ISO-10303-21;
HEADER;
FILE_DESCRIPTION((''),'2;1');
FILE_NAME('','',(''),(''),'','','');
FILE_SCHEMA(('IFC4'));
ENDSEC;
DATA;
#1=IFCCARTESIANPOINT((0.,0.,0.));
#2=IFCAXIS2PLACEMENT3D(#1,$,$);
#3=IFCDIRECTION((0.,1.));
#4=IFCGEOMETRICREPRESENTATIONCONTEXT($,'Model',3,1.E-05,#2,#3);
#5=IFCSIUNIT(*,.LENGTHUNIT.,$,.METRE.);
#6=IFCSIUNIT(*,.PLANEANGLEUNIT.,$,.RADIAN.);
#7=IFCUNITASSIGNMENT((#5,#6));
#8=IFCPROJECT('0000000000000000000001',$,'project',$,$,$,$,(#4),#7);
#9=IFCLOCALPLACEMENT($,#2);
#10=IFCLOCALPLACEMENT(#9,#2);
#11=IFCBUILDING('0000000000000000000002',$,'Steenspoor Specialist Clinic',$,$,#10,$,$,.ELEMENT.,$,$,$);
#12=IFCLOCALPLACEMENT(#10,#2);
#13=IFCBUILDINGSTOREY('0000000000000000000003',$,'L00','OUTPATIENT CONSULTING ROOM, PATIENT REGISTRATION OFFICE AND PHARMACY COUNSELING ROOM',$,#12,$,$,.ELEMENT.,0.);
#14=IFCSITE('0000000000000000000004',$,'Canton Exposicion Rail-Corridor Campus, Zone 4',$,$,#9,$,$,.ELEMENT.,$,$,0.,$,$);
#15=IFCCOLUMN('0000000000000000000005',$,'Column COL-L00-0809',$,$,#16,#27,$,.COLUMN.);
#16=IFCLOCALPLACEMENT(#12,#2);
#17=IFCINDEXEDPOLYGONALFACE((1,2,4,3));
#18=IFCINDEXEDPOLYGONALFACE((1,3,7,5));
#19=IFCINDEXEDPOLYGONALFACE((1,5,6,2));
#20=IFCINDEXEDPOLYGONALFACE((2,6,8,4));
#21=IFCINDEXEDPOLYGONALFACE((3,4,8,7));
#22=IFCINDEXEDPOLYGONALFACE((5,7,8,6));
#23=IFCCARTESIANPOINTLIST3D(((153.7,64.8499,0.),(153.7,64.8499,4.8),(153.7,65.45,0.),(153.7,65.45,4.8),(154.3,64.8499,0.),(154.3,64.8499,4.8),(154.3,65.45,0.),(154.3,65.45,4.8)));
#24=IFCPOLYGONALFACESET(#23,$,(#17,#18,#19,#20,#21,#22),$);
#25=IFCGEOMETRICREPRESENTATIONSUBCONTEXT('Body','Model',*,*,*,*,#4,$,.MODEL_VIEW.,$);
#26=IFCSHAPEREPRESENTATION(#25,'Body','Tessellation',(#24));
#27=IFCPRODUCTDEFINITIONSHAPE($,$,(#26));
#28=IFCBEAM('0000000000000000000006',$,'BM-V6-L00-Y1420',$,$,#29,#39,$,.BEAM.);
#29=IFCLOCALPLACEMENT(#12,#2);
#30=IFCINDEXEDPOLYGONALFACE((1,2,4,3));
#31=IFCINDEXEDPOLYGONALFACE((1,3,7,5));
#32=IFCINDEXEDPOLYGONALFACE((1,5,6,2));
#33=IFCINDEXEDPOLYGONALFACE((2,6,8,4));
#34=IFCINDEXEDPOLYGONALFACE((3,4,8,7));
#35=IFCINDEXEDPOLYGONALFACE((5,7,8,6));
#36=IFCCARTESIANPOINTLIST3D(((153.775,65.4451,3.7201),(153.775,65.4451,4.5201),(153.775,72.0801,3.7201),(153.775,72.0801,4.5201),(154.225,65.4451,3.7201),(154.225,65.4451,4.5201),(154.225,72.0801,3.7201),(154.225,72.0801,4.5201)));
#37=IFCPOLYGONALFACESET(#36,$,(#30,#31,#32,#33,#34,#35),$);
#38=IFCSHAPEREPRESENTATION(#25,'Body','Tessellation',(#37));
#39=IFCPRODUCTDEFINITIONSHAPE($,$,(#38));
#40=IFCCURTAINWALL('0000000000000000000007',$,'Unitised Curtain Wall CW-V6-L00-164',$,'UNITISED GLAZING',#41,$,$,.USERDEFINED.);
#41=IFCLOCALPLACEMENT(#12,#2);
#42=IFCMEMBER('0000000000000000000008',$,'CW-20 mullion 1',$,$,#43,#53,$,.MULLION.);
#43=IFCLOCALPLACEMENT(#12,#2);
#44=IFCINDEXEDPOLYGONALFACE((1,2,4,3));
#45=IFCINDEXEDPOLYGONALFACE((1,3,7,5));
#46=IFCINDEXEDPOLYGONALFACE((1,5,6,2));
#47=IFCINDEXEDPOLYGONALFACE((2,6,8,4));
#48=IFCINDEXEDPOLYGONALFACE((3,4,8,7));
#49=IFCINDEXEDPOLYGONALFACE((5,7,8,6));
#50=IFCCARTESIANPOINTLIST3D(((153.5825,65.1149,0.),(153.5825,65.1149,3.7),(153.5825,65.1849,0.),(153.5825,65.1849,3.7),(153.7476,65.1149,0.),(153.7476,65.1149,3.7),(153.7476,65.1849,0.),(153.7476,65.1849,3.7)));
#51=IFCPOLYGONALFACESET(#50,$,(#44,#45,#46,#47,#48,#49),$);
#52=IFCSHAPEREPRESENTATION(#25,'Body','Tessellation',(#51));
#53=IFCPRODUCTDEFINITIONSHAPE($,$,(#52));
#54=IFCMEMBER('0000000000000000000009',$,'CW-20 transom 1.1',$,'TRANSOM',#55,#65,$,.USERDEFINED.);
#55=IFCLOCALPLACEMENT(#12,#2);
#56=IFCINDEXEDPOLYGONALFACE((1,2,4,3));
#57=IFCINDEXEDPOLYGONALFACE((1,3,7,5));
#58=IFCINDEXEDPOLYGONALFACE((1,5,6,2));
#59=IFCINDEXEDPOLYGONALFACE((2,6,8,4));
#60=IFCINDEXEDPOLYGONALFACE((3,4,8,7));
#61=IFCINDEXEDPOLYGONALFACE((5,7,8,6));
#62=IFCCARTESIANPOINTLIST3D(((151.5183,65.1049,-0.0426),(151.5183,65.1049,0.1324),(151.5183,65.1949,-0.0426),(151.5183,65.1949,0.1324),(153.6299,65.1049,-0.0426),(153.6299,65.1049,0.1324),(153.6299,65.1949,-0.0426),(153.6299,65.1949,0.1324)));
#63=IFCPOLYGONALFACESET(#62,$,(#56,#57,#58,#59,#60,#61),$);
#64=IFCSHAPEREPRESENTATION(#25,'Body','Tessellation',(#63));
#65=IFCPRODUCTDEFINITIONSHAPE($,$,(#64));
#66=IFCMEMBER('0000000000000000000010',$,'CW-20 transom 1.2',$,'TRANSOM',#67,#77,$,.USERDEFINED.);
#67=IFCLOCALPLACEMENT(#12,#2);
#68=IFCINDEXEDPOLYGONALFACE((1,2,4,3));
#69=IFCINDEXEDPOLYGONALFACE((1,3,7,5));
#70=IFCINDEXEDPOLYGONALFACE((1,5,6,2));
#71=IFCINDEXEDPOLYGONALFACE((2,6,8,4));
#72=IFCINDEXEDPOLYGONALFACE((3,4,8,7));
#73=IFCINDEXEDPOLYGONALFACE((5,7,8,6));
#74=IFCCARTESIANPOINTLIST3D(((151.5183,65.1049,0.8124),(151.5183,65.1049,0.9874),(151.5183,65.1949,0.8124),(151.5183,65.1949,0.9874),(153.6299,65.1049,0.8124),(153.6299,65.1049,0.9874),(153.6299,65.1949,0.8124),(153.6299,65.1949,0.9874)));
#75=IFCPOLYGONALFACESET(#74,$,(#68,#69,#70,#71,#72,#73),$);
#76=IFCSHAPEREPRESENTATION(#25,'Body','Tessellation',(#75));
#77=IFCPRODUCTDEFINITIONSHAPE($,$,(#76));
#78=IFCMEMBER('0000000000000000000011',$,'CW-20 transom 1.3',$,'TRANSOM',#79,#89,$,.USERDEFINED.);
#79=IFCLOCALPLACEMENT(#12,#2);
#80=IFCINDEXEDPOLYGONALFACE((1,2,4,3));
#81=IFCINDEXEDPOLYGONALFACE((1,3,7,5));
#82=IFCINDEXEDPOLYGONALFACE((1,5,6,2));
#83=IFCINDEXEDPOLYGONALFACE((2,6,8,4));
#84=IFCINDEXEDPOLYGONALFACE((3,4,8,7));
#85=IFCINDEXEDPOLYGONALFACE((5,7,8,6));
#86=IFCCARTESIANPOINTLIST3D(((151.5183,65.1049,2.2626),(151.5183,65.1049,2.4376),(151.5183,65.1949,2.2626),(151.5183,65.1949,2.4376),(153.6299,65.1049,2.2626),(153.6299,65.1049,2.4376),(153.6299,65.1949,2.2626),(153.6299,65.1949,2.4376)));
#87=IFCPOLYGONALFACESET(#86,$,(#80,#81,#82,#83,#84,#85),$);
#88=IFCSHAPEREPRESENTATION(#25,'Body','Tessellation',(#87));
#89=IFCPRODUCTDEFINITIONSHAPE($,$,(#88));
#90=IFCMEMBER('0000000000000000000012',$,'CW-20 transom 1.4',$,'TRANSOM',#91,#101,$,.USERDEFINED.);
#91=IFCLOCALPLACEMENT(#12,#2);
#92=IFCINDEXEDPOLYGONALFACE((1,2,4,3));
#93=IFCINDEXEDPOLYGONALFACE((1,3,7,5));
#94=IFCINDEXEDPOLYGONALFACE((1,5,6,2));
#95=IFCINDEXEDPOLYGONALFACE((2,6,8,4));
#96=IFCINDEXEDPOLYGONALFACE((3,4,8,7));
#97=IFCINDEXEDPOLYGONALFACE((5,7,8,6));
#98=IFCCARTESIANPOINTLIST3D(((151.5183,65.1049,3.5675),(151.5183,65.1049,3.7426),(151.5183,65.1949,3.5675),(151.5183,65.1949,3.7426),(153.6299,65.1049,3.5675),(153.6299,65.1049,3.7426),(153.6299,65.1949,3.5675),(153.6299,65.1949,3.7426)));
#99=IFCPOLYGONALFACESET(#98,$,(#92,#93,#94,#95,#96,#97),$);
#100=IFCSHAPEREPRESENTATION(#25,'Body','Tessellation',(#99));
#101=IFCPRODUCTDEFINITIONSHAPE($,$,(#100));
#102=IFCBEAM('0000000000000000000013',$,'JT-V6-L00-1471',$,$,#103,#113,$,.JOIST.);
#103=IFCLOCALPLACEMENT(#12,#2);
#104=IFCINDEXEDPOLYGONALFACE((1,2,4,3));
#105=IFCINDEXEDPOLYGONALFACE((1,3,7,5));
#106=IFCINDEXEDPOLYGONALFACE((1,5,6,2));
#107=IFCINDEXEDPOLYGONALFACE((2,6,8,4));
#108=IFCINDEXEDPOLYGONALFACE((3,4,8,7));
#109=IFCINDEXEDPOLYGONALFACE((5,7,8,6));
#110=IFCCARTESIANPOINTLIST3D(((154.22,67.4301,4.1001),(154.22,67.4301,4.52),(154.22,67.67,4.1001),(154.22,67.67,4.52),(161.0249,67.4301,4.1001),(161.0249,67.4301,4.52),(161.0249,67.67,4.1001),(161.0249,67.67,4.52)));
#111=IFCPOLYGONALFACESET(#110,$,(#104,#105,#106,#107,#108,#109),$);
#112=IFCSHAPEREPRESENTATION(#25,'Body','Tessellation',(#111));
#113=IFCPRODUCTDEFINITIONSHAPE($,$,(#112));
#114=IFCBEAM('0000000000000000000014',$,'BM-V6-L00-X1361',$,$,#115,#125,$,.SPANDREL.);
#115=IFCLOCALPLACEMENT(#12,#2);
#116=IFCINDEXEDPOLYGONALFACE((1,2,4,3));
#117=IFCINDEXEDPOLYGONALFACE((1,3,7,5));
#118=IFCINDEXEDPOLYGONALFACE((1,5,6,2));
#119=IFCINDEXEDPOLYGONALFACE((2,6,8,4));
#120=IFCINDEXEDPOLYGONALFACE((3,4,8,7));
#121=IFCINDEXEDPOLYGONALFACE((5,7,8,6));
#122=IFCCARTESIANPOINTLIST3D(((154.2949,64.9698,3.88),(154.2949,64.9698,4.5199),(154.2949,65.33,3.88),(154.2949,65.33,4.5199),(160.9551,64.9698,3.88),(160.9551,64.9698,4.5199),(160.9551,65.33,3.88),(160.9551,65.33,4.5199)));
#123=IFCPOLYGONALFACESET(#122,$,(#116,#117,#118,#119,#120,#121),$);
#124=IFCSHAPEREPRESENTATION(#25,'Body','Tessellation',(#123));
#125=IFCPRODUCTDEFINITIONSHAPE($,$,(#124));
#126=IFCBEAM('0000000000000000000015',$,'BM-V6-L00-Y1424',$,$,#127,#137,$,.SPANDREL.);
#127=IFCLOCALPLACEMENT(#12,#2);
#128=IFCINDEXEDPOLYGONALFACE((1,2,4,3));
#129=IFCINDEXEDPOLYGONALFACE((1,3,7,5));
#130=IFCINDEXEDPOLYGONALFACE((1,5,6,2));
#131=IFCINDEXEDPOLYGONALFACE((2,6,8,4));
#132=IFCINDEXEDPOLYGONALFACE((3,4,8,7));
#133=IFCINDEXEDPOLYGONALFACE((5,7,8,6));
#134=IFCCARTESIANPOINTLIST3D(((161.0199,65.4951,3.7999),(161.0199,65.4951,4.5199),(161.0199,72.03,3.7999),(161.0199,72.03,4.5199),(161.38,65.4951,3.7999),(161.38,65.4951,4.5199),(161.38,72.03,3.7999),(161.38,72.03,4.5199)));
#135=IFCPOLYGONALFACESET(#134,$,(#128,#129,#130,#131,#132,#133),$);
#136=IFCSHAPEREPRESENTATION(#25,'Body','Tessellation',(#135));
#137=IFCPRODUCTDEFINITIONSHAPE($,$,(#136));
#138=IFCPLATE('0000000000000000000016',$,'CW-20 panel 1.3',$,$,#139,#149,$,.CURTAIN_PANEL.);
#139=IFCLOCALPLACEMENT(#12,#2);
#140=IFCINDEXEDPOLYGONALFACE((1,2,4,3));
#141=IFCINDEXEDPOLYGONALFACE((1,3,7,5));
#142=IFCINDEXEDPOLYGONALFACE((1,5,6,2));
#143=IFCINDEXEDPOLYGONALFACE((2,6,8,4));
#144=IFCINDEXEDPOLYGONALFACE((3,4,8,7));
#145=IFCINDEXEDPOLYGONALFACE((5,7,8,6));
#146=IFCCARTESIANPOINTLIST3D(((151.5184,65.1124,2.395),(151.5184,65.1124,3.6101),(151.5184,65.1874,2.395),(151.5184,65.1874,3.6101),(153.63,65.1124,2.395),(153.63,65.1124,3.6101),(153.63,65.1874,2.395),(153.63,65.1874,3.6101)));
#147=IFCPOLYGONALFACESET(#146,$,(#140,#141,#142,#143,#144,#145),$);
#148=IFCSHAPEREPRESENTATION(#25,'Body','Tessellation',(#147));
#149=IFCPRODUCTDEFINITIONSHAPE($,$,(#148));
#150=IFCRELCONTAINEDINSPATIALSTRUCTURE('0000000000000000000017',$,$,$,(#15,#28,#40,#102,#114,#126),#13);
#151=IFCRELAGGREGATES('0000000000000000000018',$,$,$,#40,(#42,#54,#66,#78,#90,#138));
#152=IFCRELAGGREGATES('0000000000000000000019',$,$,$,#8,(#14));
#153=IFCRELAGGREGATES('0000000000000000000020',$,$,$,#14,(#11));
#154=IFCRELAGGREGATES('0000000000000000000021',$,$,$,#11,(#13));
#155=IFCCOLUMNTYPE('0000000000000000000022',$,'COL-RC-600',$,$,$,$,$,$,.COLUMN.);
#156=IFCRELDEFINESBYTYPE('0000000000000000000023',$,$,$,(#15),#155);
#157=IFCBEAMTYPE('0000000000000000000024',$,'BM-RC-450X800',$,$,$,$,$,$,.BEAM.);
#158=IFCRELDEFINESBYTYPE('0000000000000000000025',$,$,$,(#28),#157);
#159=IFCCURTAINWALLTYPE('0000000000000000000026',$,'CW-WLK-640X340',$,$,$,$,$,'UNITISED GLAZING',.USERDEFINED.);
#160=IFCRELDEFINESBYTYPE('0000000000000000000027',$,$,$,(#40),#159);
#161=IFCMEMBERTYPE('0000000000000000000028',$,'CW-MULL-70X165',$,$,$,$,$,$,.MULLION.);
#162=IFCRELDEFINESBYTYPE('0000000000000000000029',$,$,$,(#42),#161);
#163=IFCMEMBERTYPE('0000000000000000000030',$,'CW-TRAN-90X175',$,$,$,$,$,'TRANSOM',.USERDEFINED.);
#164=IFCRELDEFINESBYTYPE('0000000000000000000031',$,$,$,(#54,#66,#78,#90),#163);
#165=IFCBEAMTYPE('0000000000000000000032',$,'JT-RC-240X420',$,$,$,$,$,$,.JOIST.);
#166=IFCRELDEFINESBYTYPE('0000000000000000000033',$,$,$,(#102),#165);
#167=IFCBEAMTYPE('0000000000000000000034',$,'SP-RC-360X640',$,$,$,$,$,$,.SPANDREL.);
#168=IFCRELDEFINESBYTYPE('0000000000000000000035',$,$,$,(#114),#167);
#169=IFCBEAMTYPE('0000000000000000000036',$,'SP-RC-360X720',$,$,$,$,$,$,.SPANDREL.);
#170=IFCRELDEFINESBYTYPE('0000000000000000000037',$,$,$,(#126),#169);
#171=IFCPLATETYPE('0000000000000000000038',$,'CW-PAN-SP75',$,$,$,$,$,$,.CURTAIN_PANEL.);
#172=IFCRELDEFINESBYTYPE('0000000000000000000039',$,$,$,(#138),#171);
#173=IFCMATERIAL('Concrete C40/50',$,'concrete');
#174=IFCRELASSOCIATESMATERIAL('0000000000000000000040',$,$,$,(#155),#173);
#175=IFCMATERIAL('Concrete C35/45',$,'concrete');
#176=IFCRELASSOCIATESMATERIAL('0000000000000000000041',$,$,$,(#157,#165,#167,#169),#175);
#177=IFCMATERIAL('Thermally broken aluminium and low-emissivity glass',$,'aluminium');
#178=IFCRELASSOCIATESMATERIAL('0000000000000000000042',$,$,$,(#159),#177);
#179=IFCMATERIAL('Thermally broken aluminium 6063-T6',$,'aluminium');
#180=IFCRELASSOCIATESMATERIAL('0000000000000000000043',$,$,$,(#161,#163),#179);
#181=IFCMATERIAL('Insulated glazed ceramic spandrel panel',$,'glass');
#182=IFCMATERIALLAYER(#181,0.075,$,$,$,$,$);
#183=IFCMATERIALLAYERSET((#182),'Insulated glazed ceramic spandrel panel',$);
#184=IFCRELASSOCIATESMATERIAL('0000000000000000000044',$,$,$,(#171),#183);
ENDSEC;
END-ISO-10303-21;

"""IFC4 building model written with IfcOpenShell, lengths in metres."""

from ifc_helpers import new_model, si_unit, direction, frame, origin, origin_2d, place, context, subcontext, project, spatial, rectangle, extrude, material, layer, layer_set, material_profile, profile_set, type_object, element, aggregate, save


model = new_model("IFC4")

# Units and contexts
model_context = context("Model", 3, precision=1e-05, world=origin(), true_north=direction((0.0, 1.0)))
body_context = subcontext(model_context, "Body", "Model", "MODEL_VIEW")
ifc_project = project(units=[si_unit("LENGTHUNIT", "METRE"), si_unit("PLANEANGLEUNIT", "RADIAN")], contexts=[model_context])

# Site, building, storey
site_placement = place(None, origin())
site = spatial("IfcSite", under=ifc_project, at=site_placement, Name="Canton Exposicion Rail-Corridor Campus, Zone 4", CompositionType="ELEMENT", RefElevation=0.0)
building_placement = place(site_placement, origin())
building = spatial("IfcBuilding", under=site, at=building_placement, Name="Steenspoor Specialist Clinic", CompositionType="ELEMENT")
storey_placement = place(building_placement, origin())
storey = spatial("IfcBuildingStorey", under=building, at=storey_placement, Name="L00", Description="OUTPATIENT CONSULTING ROOM, PATIENT REGISTRATION OFFICE AND PHARMACY COUNSELING ROOM", CompositionType="ELEMENT", Elevation=0.0)

# Shared definitions
ifc_material_1 = material(Name="Concrete C35/45", Category="concrete")

# Column
ifc_material_2 = material(Name="Concrete C40/50", Category="concrete")
ifc_material_profile_1 = material_profile(ifc_material_2, rectangle(XDim=0.6001, YDim=0.6001, at=origin_2d()), Name="RC-COL-600X600")
ifc_profile_set_1 = profile_set([ifc_material_profile_1], Name="Concrete C40/50")
column_type_1 = type_object("IfcColumnType", Name="COL-RC-600", PredefinedType="COLUMN", material=ifc_profile_set_1)
column_1_placement = place(storey_placement, frame((154.0, 65.1499, 0.0), z_axis=(0.0, 0.0, 1.0), x_axis=(1.0, 0.0, 0.0)))
element("IfcColumn", 1, at=column_1_placement, inside=storey, type_object=column_type_1, Name="Column COL-L00-0809", PredefinedType="COLUMN", context=body_context, shape_type="SweptSolid", body=[
    extrude(rectangle(XDim=0.6001, YDim=0.6001, at=origin_2d()), origin(), (0.0, 0.0, 1.0), 4.8),
])

# Beam
ifc_material_profile_2 = material_profile(ifc_material_1, rectangle(XDim=0.45, YDim=0.8, at=origin_2d()), Name="RC-BM-450X800")
ifc_profile_set_2 = profile_set([ifc_material_profile_2], Name="Concrete C35/45")
beam_type_1 = type_object("IfcBeamType", Name="BM-RC-450X800", PredefinedType="BEAM", material=ifc_profile_set_2)
beam_1_placement = place(storey_placement, frame((154.0, 65.4451, 4.1201), z_axis=(0.0, 1.0, 0.0), x_axis=(-1.0, 0.0, 0.0)))
element("IfcBeam", 2, at=beam_1_placement, inside=storey, type_object=beam_type_1, Name="BM-V6-L00-Y1420", PredefinedType="BEAM", context=body_context, shape_type="SweptSolid", body=[
    extrude(rectangle(XDim=0.45, YDim=0.8, at=origin_2d()), origin(), (0.0, 0.0, 1.0), 6.635),
])

# Curtain wall, members
ifc_material_3 = material(Name="Thermally broken aluminium and low-emissivity glass", Category="aluminium")
curtain_wall_type = type_object("IfcCurtainWallType", Name="CW-WLK-640X340", ElementType="UNITISED GLAZING", PredefinedType="USERDEFINED", material=ifc_material_3)
curtain_wall_placement = place(storey_placement, origin())
curtain_wall = element("IfcCurtainWall", 3, at=curtain_wall_placement, inside=storey, type_object=curtain_wall_type, Name="Unitised Curtain Wall CW-V6-L00-164", ObjectType="UNITISED GLAZING", PredefinedType="USERDEFINED")
ifc_material_4 = material(Name="Thermally broken aluminium 6063-T6", Category="aluminium")
ifc_material_profile_3 = material_profile(ifc_material_4, rectangle(XDim=0.0701, YDim=0.165, at=origin_2d()), Name="CWM-70X165")
ifc_profile_set_3 = profile_set([ifc_material_profile_3], Name="Thermally broken aluminium 6063-T6")
member_type_1 = type_object("IfcMemberType", Name="CW-MULL-70X165", PredefinedType="MULLION", material=ifc_profile_set_3)
member_1_placement = place(storey_placement, frame((153.665, 65.1499, 0.0), z_axis=(0.0, 0.0, 1.0), x_axis=(0.0, -1.0, 0.0)))
member_1 = element("IfcMember", 4, at=member_1_placement, type_object=member_type_1, Name="CW-20 mullion 1", PredefinedType="MULLION", context=body_context, shape_type="SweptSolid", body=[
    extrude(rectangle(XDim=0.0701, YDim=0.165, at=origin_2d()), origin(), (0.0, 0.0, 1.0), 3.7),
])
ifc_material_profile_4 = material_profile(ifc_material_4, rectangle(XDim=0.0901, YDim=0.175, at=origin_2d()), Name="CWT-90X175")
ifc_profile_set_4 = profile_set([ifc_material_profile_4], Name="Thermally broken aluminium 6063-T6")
member_type_2 = type_object("IfcMemberType", Name="CW-TRAN-90X175", ElementType="TRANSOM", PredefinedType="USERDEFINED", material=ifc_profile_set_4)
member_2_placement = place(storey_placement, frame((153.6299, 65.1499, 0.0449), z_axis=(-1.0, 0.0, 0.0), x_axis=(0.0, -1.0, 0.0)))
member_2 = element("IfcMember", 5, at=member_2_placement, type_object=member_type_2, Name="CW-20 transom 1.1", ObjectType="TRANSOM", PredefinedType="USERDEFINED", context=body_context, shape_type="SweptSolid", body=[
    extrude(rectangle(XDim=0.0901, YDim=0.175, at=origin_2d()), origin(), (0.0, 0.0, 1.0), 2.1116),
])
member_3_placement = place(storey_placement, frame((153.6299, 65.1499, 0.8999), z_axis=(-1.0, 0.0, 0.0), x_axis=(0.0, -1.0, 0.0)))
member_3 = element("IfcMember", 6, at=member_3_placement, type_object=member_type_2, Name="CW-20 transom 1.2", ObjectType="TRANSOM", PredefinedType="USERDEFINED", context=body_context, shape_type="SweptSolid", body=[
    extrude(rectangle(XDim=0.0901, YDim=0.175, at=origin_2d()), origin(), (0.0, 0.0, 1.0), 2.1116),
])
member_4_placement = place(storey_placement, frame((153.6299, 65.1499, 2.3501), z_axis=(-1.0, 0.0, 0.0), x_axis=(0.0, -1.0, 0.0)))
member_4 = element("IfcMember", 7, at=member_4_placement, type_object=member_type_2, Name="CW-20 transom 1.3", ObjectType="TRANSOM", PredefinedType="USERDEFINED", context=body_context, shape_type="SweptSolid", body=[
    extrude(rectangle(XDim=0.0901, YDim=0.175, at=origin_2d()), origin(), (0.0, 0.0, 1.0), 2.1116),
])
member_5_placement = place(storey_placement, frame((153.6299, 65.1499, 3.655), z_axis=(-1.0, 0.0, 0.0), x_axis=(0.0, -1.0, 0.0)))
member_5 = element("IfcMember", 8, at=member_5_placement, type_object=member_type_2, Name="CW-20 transom 1.4", ObjectType="TRANSOM", PredefinedType="USERDEFINED", context=body_context, shape_type="SweptSolid", body=[
    extrude(rectangle(XDim=0.0901, YDim=0.175, at=origin_2d()), origin(), (0.0, 0.0, 1.0), 2.1116),
])

# Beams
ifc_material_profile_5 = material_profile(ifc_material_1, rectangle(XDim=0.24, YDim=0.4199, at=origin_2d()), Name="RC-JT-240X420")
ifc_profile_set_5 = profile_set([ifc_material_profile_5], Name="Concrete C35/45")
beam_type_2 = type_object("IfcBeamType", Name="JT-RC-240X420", PredefinedType="JOIST", material=ifc_profile_set_5)
beam_2_placement = place(storey_placement, frame((154.22, 67.55, 4.3101), z_axis=(1.0, 0.0, 0.0), x_axis=(0.0, 1.0, 0.0)))
element("IfcBeam", 9, at=beam_2_placement, inside=storey, type_object=beam_type_2, Name="JT-V6-L00-1471", PredefinedType="JOIST", context=body_context, shape_type="SweptSolid", body=[
    extrude(rectangle(XDim=0.24, YDim=0.4199, at=origin_2d()), origin(), (0.0, 0.0, 1.0), 6.8049),
])
ifc_material_profile_6 = material_profile(ifc_material_1, rectangle(XDim=0.3601, YDim=0.6399, at=origin_2d()), Name="RC-SP-360X640")
ifc_profile_set_6 = profile_set([ifc_material_profile_6], Name="Concrete C35/45")
beam_type_3 = type_object("IfcBeamType", Name="SP-RC-360X640", PredefinedType="SPANDREL", material=ifc_profile_set_6)
beam_3_placement = place(storey_placement, frame((154.2949, 65.1499, 4.2), z_axis=(1.0, 0.0, 0.0), x_axis=(0.0, 1.0, 0.0)))
element("IfcBeam", 10, at=beam_3_placement, inside=storey, type_object=beam_type_3, Name="BM-V6-L00-X1361", PredefinedType="SPANDREL", context=body_context, shape_type="SweptSolid", body=[
    extrude(rectangle(XDim=0.3601, YDim=0.6399, at=origin_2d()), origin(), (0.0, 0.0, 1.0), 6.6602),
])
ifc_material_profile_7 = material_profile(ifc_material_1, rectangle(XDim=0.3601, YDim=0.72, at=origin_2d()), Name="RC-SP-360X720")
ifc_profile_set_7 = profile_set([ifc_material_profile_7], Name="Concrete C35/45")
beam_type_4 = type_object("IfcBeamType", Name="SP-RC-360X720", PredefinedType="SPANDREL", material=ifc_profile_set_7)
beam_4_placement = place(storey_placement, frame((161.2, 65.4951, 4.1599), z_axis=(0.0, 1.0, 0.0), x_axis=(-1.0, 0.0, 0.0)))
element("IfcBeam", 11, at=beam_4_placement, inside=storey, type_object=beam_type_4, Name="BM-V6-L00-Y1424", PredefinedType="SPANDREL", context=body_context, shape_type="SweptSolid", body=[
    extrude(rectangle(XDim=0.3601, YDim=0.72, at=origin_2d()), origin(), (0.0, 0.0, 1.0), 6.5349),
])

# Plate
ifc_material_5 = material(Name="Insulated glazed ceramic spandrel panel", Category="glass")
ifc_layer_1 = layer(ifc_material_5, 0.075)
ifc_layer_set_1 = layer_set([ifc_layer_1], Name="Insulated glazed ceramic spandrel panel")
plate_type = type_object("IfcPlateType", Name="CW-PAN-SP75", PredefinedType="CURTAIN_PANEL", material=ifc_layer_set_1)
plate_placement = place(storey_placement, frame((152.5742, 65.1499, 2.395), z_axis=(0.0, 0.0, 1.0), x_axis=(-1.0, 0.0, 0.0)))
plate = element("IfcPlate", 12, at=plate_placement, type_object=plate_type, Name="CW-20 panel 1.3", PredefinedType="CURTAIN_PANEL", context=body_context, shape_type="SweptSolid", body=[
    extrude(rectangle(XDim=2.1116, YDim=0.075, at=origin_2d()), origin(), (0.0, 0.0, 1.0), 1.2151),
])
aggregate(curtain_wall, [member_1, member_2, member_3, member_4, member_5, plate])

save(model, "model.ifc")
